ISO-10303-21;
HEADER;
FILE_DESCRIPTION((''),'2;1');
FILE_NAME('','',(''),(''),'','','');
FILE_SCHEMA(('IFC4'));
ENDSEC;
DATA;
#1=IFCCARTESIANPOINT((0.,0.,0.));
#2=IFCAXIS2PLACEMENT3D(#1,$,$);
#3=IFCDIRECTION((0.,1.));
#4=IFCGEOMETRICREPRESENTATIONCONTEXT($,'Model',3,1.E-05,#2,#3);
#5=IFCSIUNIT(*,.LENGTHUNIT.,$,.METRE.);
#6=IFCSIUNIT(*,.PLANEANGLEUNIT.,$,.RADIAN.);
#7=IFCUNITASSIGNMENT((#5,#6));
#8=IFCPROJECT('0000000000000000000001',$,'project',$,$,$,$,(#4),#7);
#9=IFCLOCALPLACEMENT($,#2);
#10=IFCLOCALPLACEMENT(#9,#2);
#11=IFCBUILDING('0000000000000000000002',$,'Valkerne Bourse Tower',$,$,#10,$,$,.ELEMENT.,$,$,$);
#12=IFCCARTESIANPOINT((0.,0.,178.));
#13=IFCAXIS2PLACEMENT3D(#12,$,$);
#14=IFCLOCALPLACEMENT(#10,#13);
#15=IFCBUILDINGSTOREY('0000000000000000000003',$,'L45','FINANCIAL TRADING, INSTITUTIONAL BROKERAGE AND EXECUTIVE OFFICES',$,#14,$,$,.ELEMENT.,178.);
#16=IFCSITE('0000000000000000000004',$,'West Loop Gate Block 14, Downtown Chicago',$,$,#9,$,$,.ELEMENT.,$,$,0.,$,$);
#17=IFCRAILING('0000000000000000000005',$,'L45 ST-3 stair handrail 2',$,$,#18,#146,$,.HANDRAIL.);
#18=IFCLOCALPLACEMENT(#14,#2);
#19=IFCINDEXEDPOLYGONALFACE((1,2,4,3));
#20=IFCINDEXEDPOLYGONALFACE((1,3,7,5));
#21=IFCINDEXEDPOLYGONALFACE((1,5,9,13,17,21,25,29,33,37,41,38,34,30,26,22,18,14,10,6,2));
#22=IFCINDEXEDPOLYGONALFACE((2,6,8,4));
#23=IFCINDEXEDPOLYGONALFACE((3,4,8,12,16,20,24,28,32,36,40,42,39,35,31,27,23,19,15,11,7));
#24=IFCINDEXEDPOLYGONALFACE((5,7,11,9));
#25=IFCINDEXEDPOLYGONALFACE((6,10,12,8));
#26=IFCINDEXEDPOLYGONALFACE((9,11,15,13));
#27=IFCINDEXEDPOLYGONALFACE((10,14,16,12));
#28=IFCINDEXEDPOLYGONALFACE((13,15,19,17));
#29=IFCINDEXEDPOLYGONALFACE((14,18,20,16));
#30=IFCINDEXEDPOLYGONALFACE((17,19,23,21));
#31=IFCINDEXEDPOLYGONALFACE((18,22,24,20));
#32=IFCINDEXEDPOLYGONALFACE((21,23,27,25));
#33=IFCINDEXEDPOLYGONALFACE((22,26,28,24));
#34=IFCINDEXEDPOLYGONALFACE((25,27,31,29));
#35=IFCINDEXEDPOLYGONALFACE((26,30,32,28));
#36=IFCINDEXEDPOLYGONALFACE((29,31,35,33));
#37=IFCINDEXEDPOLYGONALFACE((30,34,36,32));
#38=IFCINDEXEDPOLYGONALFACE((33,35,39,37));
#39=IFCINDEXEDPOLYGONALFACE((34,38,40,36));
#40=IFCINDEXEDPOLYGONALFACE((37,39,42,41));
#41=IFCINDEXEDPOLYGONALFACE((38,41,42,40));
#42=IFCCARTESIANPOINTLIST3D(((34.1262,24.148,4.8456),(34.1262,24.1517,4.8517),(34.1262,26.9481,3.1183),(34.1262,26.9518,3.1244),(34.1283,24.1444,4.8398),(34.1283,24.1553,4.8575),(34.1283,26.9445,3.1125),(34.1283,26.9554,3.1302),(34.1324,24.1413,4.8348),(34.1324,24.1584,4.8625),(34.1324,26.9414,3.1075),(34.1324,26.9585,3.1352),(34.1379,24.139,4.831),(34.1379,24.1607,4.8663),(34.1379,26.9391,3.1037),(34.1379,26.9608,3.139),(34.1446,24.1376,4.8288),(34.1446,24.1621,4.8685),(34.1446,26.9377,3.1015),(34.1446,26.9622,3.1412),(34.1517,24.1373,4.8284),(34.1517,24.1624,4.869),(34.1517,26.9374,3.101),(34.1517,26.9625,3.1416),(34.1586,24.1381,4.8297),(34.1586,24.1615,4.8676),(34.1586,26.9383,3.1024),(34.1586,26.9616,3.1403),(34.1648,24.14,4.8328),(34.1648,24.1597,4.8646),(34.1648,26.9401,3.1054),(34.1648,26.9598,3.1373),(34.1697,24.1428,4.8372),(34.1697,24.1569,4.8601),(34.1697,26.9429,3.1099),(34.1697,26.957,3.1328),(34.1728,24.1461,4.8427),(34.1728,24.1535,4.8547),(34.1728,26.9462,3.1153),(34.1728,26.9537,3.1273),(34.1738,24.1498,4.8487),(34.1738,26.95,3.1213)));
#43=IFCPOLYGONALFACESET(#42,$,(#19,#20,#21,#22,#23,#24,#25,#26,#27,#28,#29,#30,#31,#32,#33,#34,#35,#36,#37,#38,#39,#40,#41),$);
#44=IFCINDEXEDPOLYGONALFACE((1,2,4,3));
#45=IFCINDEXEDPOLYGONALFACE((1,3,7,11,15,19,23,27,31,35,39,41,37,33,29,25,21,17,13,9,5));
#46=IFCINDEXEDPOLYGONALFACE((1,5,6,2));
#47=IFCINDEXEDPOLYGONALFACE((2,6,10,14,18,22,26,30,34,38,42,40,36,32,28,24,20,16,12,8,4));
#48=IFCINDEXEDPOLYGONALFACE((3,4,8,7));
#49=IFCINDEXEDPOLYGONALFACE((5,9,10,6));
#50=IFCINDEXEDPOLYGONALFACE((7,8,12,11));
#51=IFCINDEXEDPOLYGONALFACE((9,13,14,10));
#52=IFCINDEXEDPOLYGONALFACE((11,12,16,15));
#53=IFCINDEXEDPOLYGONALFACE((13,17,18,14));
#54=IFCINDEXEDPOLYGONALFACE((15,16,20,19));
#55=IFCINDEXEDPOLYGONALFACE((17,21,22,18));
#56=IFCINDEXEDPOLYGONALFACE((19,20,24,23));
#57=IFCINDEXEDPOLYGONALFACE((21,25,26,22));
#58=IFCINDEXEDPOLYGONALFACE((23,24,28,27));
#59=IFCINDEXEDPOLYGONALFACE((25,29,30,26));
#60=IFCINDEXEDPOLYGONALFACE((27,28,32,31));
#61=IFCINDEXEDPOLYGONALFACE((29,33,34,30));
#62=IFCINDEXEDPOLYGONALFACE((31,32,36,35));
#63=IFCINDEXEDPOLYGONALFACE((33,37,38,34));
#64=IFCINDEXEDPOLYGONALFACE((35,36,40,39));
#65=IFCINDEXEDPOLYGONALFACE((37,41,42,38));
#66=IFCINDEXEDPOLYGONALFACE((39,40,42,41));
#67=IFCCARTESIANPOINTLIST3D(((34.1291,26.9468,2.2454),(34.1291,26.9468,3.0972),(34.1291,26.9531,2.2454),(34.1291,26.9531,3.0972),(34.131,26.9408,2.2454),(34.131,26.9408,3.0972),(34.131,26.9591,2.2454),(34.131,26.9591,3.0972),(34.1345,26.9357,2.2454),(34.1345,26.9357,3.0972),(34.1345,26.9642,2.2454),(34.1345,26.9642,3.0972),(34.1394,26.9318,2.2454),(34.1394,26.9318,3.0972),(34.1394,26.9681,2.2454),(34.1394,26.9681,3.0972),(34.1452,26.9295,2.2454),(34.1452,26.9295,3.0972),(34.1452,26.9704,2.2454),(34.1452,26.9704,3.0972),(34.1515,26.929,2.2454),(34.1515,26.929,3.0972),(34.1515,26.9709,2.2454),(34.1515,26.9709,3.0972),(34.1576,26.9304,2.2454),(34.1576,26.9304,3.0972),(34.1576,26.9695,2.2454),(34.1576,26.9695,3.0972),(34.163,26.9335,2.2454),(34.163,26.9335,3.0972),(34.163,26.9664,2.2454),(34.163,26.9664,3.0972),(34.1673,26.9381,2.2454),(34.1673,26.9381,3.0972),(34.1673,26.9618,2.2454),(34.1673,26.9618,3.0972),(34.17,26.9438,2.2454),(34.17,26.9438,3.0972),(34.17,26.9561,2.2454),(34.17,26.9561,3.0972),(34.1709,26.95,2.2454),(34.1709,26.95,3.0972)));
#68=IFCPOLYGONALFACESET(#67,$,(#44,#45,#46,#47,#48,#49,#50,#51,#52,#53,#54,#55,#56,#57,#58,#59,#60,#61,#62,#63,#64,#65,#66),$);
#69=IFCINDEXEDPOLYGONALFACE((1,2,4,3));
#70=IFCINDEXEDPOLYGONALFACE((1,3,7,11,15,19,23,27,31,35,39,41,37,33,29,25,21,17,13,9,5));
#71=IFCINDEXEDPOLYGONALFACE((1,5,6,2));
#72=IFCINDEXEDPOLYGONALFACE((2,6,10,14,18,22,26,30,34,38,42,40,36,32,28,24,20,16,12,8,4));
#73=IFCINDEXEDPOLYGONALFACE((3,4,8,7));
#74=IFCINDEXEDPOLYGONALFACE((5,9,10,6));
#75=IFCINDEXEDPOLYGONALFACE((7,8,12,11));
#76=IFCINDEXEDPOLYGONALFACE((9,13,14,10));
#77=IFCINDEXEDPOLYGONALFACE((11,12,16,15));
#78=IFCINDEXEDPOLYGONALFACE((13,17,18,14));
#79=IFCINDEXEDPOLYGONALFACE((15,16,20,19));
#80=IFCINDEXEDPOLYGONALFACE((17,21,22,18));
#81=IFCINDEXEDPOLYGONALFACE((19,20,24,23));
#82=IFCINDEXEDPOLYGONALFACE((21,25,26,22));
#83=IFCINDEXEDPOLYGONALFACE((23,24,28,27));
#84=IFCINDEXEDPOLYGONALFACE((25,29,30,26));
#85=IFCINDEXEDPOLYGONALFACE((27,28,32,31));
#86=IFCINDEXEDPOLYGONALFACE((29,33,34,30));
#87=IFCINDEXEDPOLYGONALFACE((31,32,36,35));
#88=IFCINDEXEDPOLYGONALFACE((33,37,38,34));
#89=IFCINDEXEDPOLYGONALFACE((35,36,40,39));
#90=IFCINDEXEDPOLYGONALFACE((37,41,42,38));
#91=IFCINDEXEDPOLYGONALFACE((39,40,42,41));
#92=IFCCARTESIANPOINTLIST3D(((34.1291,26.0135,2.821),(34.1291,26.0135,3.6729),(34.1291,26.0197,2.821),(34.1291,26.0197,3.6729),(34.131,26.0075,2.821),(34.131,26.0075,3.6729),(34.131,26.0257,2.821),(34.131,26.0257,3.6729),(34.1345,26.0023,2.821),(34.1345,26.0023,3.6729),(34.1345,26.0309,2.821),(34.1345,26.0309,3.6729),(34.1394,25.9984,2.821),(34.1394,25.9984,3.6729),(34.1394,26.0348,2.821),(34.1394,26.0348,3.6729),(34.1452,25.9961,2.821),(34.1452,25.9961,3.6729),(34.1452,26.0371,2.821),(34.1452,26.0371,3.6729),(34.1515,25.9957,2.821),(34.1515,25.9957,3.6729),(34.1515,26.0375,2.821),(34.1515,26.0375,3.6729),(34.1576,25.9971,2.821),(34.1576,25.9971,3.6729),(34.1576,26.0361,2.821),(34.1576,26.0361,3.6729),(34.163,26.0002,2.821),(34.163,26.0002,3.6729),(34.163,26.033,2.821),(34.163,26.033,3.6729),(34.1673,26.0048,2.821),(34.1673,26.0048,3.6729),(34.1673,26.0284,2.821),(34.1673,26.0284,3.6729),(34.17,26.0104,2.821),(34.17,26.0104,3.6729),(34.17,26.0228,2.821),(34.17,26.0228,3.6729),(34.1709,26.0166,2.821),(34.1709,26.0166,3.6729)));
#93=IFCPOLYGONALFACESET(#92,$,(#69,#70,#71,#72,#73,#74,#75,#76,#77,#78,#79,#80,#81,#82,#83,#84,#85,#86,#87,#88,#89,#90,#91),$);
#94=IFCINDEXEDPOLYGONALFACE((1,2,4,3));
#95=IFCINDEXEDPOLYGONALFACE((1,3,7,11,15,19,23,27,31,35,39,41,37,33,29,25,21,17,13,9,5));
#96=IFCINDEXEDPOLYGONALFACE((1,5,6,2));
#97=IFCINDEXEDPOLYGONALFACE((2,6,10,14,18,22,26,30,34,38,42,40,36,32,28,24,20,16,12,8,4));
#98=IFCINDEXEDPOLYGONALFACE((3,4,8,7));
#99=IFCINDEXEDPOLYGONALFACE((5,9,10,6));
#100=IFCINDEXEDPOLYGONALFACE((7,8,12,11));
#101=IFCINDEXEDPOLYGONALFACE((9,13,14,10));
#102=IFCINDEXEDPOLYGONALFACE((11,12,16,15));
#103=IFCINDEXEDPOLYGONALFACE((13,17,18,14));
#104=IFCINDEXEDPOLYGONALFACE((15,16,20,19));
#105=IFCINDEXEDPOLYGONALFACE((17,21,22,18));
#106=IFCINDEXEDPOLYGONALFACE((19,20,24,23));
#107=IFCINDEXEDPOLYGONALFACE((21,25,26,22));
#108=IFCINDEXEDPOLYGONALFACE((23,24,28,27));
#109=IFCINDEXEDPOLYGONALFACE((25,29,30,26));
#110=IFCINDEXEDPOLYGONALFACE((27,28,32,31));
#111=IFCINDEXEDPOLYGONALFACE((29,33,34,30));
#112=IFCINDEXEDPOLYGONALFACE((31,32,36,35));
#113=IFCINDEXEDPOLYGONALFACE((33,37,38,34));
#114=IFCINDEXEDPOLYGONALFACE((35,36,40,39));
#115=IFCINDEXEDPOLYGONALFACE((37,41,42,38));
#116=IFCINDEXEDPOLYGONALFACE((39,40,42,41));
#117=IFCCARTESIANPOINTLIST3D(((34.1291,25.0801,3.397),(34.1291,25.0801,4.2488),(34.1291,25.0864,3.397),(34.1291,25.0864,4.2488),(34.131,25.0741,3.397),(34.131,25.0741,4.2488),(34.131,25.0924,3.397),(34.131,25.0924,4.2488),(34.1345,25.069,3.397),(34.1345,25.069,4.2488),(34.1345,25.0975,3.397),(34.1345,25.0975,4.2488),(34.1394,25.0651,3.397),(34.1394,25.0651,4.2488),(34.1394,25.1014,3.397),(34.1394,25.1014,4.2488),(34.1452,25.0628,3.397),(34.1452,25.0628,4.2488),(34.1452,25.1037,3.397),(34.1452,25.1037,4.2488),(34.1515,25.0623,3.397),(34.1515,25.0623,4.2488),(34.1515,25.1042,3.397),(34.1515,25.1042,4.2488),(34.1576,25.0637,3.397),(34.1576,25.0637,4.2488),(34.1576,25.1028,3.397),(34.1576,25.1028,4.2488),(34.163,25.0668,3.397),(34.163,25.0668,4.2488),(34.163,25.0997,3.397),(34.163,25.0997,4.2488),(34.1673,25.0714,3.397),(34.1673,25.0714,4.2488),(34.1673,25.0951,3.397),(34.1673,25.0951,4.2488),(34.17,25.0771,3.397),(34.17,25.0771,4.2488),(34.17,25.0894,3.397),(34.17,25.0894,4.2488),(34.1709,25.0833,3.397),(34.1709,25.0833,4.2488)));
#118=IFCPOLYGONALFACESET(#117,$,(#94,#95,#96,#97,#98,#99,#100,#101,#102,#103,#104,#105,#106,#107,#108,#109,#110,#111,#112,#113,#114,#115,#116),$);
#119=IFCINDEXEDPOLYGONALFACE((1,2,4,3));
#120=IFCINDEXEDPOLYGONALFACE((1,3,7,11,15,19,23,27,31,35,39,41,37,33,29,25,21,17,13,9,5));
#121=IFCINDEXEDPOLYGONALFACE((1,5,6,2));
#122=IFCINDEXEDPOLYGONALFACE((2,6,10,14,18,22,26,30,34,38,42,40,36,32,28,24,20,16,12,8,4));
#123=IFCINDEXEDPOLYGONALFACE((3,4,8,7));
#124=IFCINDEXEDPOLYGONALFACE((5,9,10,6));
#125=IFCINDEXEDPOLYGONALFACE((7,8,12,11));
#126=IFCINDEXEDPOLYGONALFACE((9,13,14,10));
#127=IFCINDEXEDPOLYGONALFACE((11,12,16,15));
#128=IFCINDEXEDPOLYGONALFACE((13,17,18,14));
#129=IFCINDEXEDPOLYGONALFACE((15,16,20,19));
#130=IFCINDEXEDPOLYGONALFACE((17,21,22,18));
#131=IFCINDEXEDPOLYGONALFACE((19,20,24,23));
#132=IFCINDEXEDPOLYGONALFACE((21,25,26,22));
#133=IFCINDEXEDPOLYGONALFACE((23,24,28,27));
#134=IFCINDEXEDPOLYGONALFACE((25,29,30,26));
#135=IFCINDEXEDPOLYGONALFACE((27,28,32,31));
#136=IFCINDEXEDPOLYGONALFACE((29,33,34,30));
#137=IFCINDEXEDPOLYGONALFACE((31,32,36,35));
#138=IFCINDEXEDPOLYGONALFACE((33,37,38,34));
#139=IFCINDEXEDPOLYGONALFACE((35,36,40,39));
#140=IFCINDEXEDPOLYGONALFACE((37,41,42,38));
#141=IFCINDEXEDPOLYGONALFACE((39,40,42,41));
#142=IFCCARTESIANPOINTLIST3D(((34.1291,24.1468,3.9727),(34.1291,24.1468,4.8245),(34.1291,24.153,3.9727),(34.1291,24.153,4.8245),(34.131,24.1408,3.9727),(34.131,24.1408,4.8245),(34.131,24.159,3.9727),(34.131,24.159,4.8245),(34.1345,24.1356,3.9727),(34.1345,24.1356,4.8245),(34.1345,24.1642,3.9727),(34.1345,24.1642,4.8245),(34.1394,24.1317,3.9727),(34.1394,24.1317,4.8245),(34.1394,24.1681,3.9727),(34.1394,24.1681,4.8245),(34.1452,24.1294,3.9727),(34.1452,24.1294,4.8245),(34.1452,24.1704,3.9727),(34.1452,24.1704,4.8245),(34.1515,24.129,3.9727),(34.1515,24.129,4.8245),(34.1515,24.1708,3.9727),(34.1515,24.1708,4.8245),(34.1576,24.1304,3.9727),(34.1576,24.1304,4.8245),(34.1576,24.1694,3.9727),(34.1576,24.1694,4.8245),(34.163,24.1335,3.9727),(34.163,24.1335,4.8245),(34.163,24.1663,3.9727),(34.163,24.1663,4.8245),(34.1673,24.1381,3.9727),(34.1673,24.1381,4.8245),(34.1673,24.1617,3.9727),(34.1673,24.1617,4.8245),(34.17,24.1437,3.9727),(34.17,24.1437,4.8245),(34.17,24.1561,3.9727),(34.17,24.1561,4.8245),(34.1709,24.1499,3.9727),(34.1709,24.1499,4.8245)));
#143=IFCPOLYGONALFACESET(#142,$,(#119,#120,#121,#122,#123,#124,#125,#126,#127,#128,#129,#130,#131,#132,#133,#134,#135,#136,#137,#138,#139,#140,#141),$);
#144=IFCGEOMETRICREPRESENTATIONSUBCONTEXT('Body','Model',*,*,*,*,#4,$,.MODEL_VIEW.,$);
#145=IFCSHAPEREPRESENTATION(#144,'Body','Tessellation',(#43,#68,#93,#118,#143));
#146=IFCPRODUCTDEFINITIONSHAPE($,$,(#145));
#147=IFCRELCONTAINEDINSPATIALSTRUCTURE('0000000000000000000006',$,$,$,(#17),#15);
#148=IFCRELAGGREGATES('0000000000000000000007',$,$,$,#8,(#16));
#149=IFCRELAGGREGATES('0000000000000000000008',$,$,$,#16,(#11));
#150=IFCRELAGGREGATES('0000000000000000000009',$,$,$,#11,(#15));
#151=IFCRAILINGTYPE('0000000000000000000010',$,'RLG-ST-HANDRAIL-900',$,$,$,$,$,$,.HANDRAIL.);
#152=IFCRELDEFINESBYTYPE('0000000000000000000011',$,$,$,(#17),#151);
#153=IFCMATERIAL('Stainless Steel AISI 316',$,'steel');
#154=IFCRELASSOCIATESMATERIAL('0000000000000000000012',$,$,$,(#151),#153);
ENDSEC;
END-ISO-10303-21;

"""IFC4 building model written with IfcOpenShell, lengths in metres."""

from ifc_helpers import new_model, si_unit, direction, frame, origin, origin_2d, place, context, subcontext, project, spatial, circle, extrude, material, type_object, element, save


model = new_model("IFC4")

# Units and contexts
model_context = context("Model", 3, precision=1e-05, world=origin(), true_north=direction((0.0, 1.0)))
body_context = subcontext(model_context, "Body", "Model", "MODEL_VIEW")
ifc_project = project(units=[si_unit("LENGTHUNIT", "METRE"), si_unit("PLANEANGLEUNIT", "RADIAN")], contexts=[model_context])

# Site, building, storey
site_placement = place(None, origin())
site = spatial("IfcSite", under=ifc_project, at=site_placement, Name="West Loop Gate Block 14, Downtown Chicago", CompositionType="ELEMENT", RefElevation=0.0)
building_placement = place(site_placement, origin())
building = spatial("IfcBuilding", under=site, at=building_placement, Name="Valkerne Bourse Tower", CompositionType="ELEMENT")
storey_placement = place(building_placement, frame((0.0, 0.0, 178.0)))
storey = spatial("IfcBuildingStorey", under=building, at=storey_placement, Name="L45", Description="FINANCIAL TRADING, INSTITUTIONAL BROKERAGE AND EXECUTIVE OFFICES", CompositionType="ELEMENT", Elevation=178.0)

# Railing
ifc_material_1 = material(Name="Stainless Steel AISI 316", Category="steel")
railing_type_1 = type_object("IfcRailingType", Name="RLG-ST-HANDRAIL-900", PredefinedType="HANDRAIL", material=ifc_material_1)
railing_1_placement = place(storey_placement, frame((34.1499, 26.95, 2.2454)))
element("IfcRailing", 1, at=railing_1_placement, inside=storey, type_object=railing_type_1, Name="L45 ST-3 stair handrail 2", PredefinedType="HANDRAIL", context=body_context, shape_type="SweptSolid", body=[
    extrude(circle(Radius=0.0239, at=origin_2d()), frame((0.0, 0.0, 0.876), z_axis=(0.0, -0.85109, 0.52502), x_axis=(1.0, 0.0, 0.0)), (0.0, 0.0, 1.0), 3.29),
    extrude(circle(Radius=0.021, at=origin_2d()), origin(), (0.0, 0.0, 1.0), 0.8518),
    extrude(circle(Radius=0.021, at=origin_2d()), frame((0.0, -0.9333, 0.5757)), (0.0, 0.0, 1.0), 0.8518),
    extrude(circle(Radius=0.021, at=origin_2d()), frame((0.0, -1.8667, 1.1516)), (0.0, 0.0, 1.0), 0.8518),
    extrude(circle(Radius=0.021, at=origin_2d()), frame((0.0, -2.8, 1.7273)), (0.0, 0.0, 1.0), 0.8518),
])

save(model, "model.ifc")
